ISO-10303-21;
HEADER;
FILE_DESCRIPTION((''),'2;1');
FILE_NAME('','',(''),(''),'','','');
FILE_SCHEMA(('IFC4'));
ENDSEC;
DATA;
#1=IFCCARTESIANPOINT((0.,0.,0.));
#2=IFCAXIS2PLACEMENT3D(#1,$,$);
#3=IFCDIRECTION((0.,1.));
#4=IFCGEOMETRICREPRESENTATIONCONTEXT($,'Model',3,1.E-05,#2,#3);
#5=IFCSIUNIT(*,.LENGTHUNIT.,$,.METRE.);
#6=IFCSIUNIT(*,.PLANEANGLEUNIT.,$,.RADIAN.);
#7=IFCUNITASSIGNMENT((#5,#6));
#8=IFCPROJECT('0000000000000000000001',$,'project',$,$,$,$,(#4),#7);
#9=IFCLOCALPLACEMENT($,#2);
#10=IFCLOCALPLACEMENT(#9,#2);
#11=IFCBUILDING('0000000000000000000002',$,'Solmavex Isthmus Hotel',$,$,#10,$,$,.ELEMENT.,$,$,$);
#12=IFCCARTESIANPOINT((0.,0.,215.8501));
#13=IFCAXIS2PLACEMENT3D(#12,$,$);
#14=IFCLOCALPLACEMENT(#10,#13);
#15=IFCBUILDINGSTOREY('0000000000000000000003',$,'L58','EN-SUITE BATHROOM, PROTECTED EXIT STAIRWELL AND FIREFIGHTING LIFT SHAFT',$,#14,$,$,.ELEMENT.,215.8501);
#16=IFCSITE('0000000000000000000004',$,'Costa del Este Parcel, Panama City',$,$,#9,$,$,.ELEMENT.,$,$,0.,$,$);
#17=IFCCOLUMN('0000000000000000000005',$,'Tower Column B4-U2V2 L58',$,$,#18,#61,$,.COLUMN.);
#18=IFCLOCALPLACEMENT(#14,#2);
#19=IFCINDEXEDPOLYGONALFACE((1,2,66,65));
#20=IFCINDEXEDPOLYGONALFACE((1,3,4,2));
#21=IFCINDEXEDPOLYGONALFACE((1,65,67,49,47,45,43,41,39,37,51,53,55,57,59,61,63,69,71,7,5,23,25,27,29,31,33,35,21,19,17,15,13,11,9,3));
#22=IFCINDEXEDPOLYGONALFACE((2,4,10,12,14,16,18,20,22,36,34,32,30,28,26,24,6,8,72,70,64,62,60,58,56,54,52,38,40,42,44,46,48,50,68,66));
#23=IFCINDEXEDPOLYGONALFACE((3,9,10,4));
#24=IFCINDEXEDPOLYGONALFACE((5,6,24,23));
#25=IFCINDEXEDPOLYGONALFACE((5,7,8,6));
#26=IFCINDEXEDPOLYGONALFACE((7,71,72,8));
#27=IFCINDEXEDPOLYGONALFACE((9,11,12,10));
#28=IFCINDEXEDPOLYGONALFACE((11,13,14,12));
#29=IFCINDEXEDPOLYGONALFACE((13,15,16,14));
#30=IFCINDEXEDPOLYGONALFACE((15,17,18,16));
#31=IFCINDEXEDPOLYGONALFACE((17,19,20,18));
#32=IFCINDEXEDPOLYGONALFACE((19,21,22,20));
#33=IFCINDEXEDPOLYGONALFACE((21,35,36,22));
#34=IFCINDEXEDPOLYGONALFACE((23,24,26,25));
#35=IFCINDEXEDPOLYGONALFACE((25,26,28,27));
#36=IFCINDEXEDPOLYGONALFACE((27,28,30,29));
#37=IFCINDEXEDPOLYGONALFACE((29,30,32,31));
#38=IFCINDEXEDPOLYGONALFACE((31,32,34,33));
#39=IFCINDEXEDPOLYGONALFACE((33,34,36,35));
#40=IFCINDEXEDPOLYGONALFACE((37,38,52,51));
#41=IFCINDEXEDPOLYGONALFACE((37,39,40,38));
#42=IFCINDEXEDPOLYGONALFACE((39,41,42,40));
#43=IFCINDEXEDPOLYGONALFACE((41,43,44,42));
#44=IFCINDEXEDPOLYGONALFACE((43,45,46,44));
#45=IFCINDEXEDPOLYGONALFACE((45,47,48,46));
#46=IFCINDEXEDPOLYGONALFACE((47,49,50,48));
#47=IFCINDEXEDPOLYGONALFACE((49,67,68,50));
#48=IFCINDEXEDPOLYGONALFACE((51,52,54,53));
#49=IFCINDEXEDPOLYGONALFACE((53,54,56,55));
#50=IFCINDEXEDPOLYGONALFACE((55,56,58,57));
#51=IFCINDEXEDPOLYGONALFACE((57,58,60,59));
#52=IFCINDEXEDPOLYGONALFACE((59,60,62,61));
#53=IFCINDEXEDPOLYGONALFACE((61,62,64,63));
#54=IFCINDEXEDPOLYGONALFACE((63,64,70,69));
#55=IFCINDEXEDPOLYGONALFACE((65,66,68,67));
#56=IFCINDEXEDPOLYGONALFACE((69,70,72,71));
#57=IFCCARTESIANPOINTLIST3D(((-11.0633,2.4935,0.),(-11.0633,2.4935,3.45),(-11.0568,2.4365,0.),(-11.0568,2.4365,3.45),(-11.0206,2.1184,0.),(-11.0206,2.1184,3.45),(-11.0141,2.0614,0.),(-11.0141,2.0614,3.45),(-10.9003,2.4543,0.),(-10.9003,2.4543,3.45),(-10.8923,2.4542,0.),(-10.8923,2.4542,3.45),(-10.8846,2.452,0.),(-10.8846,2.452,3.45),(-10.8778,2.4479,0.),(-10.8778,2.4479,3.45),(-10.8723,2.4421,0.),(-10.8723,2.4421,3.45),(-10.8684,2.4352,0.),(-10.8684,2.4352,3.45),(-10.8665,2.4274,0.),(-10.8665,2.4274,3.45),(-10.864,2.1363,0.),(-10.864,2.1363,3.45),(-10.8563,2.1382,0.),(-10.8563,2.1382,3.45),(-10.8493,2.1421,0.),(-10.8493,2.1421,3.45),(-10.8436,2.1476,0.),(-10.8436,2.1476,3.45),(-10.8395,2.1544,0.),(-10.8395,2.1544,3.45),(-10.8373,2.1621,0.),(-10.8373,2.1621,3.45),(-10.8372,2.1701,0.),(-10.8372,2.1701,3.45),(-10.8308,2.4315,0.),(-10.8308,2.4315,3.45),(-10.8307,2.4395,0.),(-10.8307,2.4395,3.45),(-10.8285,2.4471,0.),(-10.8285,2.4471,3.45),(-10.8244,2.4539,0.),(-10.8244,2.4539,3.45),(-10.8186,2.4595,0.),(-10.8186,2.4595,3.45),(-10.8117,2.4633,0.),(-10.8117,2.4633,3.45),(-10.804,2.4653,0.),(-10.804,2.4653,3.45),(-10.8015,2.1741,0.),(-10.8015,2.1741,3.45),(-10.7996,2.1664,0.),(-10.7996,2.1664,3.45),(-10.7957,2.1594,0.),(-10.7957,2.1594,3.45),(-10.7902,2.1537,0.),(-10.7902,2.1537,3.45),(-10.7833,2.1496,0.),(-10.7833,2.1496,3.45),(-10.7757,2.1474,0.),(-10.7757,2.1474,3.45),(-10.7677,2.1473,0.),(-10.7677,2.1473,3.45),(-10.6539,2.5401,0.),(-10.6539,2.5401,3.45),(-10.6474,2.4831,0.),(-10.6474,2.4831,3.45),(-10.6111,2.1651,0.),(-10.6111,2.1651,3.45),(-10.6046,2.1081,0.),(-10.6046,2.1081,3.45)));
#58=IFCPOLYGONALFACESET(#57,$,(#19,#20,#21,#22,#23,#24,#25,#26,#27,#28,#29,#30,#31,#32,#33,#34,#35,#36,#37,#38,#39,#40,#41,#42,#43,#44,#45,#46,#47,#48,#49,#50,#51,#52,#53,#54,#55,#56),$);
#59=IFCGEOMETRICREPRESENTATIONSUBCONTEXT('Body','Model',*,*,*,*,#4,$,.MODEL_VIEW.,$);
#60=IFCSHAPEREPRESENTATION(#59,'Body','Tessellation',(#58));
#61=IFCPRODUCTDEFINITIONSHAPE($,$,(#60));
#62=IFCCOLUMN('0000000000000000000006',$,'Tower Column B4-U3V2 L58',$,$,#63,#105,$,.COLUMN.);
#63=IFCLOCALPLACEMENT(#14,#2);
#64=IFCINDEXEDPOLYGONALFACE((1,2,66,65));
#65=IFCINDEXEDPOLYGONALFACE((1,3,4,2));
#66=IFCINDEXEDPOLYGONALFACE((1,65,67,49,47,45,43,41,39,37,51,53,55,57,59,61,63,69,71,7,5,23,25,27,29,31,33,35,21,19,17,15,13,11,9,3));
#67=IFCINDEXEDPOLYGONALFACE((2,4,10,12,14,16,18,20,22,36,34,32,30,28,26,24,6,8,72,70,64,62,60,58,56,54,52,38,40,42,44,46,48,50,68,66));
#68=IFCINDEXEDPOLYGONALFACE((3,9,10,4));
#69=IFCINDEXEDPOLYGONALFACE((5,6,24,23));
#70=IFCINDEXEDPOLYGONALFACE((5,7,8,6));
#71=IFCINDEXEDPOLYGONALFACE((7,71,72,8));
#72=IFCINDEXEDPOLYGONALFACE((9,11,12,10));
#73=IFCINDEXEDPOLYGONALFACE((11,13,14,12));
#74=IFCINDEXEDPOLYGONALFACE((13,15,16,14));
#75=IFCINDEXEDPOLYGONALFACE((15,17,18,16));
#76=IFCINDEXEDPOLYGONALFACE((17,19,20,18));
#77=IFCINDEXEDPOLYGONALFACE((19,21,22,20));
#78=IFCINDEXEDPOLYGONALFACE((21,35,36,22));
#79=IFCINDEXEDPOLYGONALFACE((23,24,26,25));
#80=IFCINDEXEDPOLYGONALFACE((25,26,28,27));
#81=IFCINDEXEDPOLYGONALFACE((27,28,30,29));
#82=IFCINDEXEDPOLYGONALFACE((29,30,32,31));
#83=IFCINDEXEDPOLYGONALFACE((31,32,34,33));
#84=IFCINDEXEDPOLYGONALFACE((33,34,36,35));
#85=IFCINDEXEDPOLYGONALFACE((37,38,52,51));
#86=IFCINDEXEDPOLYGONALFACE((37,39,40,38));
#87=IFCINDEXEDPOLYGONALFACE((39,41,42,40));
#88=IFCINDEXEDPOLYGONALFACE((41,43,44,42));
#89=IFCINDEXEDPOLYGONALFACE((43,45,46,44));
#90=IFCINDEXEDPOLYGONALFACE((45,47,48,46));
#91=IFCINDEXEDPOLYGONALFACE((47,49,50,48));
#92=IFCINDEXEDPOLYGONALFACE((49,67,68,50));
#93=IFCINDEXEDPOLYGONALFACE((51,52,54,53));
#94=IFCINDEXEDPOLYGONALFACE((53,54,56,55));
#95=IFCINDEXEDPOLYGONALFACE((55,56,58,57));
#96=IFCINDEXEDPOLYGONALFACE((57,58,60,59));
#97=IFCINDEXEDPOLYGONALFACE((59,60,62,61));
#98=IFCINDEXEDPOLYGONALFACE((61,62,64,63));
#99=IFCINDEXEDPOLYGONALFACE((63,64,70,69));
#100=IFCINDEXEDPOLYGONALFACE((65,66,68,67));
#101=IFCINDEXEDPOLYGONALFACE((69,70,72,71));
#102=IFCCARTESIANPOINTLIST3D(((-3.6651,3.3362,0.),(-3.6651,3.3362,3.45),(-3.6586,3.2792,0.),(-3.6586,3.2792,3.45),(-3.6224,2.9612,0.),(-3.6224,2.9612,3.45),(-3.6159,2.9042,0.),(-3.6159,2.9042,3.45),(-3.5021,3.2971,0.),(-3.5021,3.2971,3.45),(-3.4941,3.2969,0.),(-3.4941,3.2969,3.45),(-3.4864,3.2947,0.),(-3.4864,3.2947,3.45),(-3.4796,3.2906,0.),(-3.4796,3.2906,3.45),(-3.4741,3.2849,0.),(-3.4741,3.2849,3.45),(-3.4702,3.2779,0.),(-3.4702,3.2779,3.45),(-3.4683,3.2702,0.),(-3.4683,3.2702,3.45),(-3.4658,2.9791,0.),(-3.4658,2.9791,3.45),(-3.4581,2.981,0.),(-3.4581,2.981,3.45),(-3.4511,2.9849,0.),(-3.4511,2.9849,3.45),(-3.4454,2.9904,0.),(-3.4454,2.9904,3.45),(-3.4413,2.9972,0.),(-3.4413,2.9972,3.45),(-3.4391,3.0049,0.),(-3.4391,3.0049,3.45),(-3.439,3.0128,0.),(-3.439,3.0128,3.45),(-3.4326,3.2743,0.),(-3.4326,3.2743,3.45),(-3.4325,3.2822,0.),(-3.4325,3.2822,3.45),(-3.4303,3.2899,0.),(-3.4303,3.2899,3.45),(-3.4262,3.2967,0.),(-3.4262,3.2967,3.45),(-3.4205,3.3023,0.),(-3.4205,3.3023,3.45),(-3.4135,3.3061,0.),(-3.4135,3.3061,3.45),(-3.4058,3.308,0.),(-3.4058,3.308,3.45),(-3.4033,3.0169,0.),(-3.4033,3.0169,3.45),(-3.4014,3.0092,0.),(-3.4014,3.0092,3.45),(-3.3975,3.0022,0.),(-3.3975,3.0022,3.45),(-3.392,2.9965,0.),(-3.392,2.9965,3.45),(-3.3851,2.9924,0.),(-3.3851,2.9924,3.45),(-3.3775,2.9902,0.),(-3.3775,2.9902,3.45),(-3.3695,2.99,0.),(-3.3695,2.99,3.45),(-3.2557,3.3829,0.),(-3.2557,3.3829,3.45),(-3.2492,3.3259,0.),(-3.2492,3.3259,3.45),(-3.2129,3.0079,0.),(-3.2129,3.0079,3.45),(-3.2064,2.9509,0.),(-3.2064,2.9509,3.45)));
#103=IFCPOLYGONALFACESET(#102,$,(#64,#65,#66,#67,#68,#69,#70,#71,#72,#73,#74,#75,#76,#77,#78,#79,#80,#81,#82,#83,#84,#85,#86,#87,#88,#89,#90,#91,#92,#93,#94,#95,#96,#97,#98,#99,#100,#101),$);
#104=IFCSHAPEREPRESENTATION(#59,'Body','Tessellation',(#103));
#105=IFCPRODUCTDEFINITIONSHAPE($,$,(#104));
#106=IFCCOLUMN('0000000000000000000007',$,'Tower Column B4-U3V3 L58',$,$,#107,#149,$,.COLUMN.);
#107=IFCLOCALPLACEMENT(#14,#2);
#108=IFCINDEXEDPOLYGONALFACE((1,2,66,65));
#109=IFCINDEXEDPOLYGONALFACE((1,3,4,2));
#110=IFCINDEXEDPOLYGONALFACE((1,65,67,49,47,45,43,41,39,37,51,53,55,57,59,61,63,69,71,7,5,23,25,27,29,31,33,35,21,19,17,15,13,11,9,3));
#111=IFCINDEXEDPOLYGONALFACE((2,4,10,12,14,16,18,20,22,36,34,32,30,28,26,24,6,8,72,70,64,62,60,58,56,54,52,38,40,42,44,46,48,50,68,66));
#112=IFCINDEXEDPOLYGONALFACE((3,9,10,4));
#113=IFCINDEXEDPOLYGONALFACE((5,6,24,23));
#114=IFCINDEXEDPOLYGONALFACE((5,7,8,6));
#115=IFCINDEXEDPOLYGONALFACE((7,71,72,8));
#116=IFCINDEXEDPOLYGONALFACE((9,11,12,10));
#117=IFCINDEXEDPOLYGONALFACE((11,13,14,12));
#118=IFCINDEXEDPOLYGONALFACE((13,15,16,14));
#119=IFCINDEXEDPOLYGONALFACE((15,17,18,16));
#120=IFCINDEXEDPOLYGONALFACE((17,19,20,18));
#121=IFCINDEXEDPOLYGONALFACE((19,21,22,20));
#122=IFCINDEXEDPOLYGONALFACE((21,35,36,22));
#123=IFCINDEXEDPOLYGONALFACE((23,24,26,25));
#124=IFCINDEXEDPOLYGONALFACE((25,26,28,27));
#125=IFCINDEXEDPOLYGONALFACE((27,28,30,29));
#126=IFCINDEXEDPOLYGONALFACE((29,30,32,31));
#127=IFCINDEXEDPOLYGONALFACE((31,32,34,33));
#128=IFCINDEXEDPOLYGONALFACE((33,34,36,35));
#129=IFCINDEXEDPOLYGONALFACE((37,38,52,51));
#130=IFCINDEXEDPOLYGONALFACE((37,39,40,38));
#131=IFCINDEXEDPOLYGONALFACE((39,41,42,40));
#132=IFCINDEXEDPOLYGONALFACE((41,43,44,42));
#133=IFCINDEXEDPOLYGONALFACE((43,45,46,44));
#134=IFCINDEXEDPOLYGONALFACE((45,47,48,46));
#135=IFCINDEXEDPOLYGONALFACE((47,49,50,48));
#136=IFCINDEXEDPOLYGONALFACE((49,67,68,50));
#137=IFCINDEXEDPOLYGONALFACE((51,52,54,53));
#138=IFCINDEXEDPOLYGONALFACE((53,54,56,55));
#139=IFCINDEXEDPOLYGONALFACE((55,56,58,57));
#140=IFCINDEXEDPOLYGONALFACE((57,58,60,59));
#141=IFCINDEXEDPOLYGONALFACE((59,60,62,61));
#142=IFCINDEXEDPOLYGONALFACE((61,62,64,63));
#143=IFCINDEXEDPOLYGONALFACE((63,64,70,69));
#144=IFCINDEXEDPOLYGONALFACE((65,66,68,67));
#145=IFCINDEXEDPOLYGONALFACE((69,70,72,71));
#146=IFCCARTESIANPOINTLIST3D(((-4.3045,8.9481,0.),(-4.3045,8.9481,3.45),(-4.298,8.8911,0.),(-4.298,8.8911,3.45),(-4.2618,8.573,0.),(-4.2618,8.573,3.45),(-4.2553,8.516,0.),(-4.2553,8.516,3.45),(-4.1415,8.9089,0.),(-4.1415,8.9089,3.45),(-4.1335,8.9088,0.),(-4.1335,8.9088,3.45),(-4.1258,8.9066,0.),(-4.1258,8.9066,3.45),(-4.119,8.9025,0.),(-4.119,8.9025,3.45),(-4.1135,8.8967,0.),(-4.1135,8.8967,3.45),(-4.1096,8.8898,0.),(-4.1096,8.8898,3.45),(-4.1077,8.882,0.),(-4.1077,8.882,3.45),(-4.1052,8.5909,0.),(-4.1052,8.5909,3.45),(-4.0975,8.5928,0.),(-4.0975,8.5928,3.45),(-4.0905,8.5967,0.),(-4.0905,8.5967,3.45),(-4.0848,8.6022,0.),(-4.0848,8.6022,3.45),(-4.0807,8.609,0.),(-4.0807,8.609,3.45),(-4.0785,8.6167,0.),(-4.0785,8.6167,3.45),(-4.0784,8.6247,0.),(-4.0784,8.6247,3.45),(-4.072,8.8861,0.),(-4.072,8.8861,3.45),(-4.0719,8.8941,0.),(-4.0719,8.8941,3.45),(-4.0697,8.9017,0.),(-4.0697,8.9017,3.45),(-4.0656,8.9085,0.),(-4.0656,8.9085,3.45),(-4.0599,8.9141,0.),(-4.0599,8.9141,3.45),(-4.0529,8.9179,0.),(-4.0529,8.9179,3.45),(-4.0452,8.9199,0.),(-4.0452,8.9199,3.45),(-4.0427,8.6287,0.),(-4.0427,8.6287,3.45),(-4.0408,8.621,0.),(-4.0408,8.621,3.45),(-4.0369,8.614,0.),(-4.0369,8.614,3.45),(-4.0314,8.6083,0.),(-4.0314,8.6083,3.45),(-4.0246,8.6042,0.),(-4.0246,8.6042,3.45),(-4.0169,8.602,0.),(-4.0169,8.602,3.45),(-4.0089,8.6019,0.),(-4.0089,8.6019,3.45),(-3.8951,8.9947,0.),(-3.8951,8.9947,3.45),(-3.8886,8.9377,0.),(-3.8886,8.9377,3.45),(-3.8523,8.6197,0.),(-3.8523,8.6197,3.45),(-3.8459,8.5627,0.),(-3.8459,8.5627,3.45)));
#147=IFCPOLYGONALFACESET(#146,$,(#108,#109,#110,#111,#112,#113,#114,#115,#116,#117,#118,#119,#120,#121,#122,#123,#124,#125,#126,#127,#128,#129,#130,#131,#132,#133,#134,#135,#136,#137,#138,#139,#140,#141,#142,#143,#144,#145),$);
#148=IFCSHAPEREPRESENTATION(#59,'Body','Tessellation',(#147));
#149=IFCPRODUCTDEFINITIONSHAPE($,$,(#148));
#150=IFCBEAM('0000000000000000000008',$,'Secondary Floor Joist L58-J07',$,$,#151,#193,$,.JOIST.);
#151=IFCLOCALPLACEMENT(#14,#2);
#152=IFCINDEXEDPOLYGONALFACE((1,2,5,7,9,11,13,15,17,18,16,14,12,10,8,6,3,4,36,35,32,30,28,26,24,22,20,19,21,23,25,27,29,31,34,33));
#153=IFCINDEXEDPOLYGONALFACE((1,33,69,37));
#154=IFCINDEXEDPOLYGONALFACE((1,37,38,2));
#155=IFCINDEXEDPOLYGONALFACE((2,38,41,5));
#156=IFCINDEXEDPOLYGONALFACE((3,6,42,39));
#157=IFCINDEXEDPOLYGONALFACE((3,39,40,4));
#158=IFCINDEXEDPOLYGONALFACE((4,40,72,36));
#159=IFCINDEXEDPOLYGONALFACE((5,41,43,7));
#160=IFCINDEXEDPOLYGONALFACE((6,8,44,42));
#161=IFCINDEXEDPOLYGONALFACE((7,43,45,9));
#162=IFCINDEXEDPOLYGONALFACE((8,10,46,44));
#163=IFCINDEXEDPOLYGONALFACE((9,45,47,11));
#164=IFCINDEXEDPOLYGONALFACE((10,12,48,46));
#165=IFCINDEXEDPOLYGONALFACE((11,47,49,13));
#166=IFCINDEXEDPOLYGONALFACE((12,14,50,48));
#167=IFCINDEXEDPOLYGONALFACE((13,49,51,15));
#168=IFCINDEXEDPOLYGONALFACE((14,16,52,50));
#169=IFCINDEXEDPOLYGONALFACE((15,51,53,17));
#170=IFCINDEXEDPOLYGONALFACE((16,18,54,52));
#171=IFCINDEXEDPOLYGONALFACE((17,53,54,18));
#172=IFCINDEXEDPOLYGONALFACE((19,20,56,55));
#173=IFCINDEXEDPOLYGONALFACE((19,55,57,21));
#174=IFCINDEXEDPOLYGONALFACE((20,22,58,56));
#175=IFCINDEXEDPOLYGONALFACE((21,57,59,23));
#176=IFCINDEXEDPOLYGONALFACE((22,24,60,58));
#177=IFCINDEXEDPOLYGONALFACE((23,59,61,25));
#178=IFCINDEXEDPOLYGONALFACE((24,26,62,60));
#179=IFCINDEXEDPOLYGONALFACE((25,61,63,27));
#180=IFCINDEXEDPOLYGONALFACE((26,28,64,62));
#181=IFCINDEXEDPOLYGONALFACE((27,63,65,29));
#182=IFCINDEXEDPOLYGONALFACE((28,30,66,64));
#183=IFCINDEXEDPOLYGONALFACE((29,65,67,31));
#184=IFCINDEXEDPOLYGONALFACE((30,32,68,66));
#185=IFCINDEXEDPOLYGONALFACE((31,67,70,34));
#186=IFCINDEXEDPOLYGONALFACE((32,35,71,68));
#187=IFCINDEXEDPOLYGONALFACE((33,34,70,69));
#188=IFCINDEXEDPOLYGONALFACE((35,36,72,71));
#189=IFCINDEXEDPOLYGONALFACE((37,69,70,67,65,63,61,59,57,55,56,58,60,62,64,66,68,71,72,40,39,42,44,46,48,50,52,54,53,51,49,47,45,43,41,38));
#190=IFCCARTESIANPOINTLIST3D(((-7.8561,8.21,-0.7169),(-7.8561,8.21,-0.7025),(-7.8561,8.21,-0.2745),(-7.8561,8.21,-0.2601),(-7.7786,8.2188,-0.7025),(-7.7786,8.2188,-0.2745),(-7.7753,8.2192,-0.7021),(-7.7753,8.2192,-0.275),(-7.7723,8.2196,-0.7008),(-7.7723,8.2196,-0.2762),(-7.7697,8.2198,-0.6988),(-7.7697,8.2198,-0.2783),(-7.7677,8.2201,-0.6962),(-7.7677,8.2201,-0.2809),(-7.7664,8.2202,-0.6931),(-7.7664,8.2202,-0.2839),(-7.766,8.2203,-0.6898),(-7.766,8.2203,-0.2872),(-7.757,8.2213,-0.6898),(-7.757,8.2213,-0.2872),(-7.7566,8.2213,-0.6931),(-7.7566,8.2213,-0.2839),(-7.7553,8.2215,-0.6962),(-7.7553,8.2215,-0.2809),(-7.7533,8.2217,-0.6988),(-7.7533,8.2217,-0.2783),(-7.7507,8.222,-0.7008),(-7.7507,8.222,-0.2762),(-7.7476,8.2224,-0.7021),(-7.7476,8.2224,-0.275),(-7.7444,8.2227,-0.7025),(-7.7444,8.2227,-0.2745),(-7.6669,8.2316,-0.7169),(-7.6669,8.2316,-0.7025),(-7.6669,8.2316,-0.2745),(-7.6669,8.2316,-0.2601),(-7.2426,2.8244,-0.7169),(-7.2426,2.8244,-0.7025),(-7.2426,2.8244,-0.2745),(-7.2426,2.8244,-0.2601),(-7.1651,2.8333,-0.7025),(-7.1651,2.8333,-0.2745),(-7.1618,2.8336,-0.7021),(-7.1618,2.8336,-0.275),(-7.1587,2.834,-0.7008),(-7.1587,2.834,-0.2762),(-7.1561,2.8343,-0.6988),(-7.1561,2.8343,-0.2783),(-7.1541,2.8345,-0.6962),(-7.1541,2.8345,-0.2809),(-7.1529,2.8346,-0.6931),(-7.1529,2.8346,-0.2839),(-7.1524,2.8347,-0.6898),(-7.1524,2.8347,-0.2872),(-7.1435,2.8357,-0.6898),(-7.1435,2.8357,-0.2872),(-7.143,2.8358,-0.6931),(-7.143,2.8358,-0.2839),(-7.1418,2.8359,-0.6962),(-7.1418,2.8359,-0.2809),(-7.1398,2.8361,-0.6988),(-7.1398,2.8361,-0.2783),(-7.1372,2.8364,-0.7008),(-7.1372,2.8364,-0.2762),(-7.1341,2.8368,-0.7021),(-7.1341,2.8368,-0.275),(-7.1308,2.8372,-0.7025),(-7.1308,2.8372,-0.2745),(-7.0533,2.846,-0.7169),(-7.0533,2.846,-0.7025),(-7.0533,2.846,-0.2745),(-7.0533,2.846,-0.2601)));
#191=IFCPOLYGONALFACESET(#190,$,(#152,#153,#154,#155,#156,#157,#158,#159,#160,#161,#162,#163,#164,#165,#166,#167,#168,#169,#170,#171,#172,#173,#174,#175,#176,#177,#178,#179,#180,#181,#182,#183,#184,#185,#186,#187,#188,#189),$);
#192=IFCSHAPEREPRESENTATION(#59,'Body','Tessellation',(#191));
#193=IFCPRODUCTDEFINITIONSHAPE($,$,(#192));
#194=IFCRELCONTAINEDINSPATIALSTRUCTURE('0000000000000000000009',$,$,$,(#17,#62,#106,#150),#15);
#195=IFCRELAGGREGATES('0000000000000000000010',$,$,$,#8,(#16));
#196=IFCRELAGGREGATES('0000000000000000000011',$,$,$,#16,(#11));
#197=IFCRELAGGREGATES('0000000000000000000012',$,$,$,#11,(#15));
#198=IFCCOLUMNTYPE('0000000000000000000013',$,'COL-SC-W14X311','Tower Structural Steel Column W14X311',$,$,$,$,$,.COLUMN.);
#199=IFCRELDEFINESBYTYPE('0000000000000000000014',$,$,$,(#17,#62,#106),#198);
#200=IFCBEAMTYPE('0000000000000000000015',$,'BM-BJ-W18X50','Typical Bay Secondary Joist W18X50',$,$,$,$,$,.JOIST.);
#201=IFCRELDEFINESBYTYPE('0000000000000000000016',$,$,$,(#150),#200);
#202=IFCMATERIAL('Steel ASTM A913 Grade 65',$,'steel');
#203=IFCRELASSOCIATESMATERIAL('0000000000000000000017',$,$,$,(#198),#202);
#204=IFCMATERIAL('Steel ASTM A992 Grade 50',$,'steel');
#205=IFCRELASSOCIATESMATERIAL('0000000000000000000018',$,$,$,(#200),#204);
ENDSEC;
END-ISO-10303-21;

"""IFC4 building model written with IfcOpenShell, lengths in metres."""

from ifc_helpers import new_model, si_unit, direction, frame, origin, origin_2d, place, context, subcontext, project, spatial, i_section, extrude, material, material_profile, profile_set, type_object, element, save


model = new_model("IFC4")

# Units and contexts
model_context = context("Model", 3, precision=1e-05, world=origin(), true_north=direction((0.0, 1.0)))
body_context = subcontext(model_context, "Body", "Model", "MODEL_VIEW")
ifc_project = project(units=[si_unit("LENGTHUNIT", "METRE"), si_unit("PLANEANGLEUNIT", "RADIAN")], contexts=[model_context])

# Site, building, storey
site_placement = place(None, origin())
site = spatial("IfcSite", under=ifc_project, at=site_placement, Name="Costa del Este Parcel, Panama City", CompositionType="ELEMENT", RefElevation=0.0)
building_placement = place(site_placement, origin())
building = spatial("IfcBuilding", under=site, at=building_placement, Name="Solmavex Isthmus Hotel", CompositionType="ELEMENT")
storey_placement = place(building_placement, frame((0.0, 0.0, 215.8501)))
storey = spatial("IfcBuildingStorey", under=building, at=storey_placement, Name="L58", Description="EN-SUITE BATHROOM, PROTECTED EXIT STAIRWELL AND FIREFIGHTING LIFT SHAFT", CompositionType="ELEMENT", Elevation=215.8501)

# Columns
ifc_material_1 = material(Name="Steel ASTM A913 Grade 65", Category="steel")
ifc_material_profile_1 = material_profile(ifc_material_1, i_section(OverallWidth=0.4121, OverallDepth=0.4348, WebThickness=0.0359, FlangeThickness=0.0574, FilletRadius=0.0305, at=origin_2d()), Name="W14X311")
ifc_profile_set_1 = profile_set([ifc_material_profile_1], Name="Steel ASTM A913 Grade 65")
column_type = type_object("IfcColumnType", Name="COL-SC-W14X311", Description="Tower Structural Steel Column W14X311", PredefinedType="COLUMN", material=ifc_profile_set_1)
for number, where, z_axis, x_axis, name in (
    (1, (-10.834, 2.3008, 0.0), (0.0, 0.0, 1.0), (0.993572, 0.113203, 0.0), "Tower Column B4-U2V2 L58"),
    (2, (-3.4358, 3.1436, 0.0), (0.0, 0.0, 1.0), (0.993572, 0.113203, 0.0), "Tower Column B4-U3V2 L58"),
    (3, (-4.0752, 8.7554, 0.0), (0.0, 0.0, 1.0), (0.993572, 0.113203, 0.0), "Tower Column B4-U3V3 L58"),
):
    element("IfcColumn", number, at=place(storey_placement, frame(where, z_axis=z_axis, x_axis=x_axis)), inside=storey, type_object=column_type, Name=name, PredefinedType="COLUMN", context=body_context, shape_type="SweptSolid", body=[
        extrude(i_section(OverallWidth=0.4121, OverallDepth=0.4348, WebThickness=0.0359, FlangeThickness=0.0574, FilletRadius=0.0305, at=origin_2d()), origin(), (0.0, 0.0, 1.0), 3.45),
    ])

# Beam
ifc_material_2 = material(Name="Steel ASTM A992 Grade 50", Category="steel")
ifc_material_profile_2 = material_profile(ifc_material_2, i_section(OverallWidth=0.1904, OverallDepth=0.4568, WebThickness=0.009, FlangeThickness=0.0144, FilletRadius=0.0127, at=origin_2d()), Name="W18X50")
ifc_profile_set_2 = profile_set([ifc_material_profile_2], Name="Steel ASTM A992 Grade 50")
beam_type_1 = type_object("IfcBeamType", Name="BM-BJ-W18X50", Description="Typical Bay Secondary Joist W18X50", PredefinedType="JOIST", material=ifc_profile_set_2)
beam_1_placement = place(storey_placement, frame((-7.1479, 2.8352, -0.4885), z_axis=(-0.11319, 0.993573, 0.0), x_axis=(-0.993573, -0.11319, 0.0)))
element("IfcBeam", 4, at=beam_1_placement, inside=storey, type_object=beam_type_1, Name="Secondary Floor Joist L58-J07", PredefinedType="JOIST", context=body_context, shape_type="SweptSolid", body=[
    extrude(i_section(OverallWidth=0.1904, OverallDepth=0.4568, WebThickness=0.009, FlangeThickness=0.0144, FilletRadius=0.0127, at=origin_2d()), origin(), (0.0, 0.0, 1.0), 5.4204),
])

save(model, "model.ifc")
